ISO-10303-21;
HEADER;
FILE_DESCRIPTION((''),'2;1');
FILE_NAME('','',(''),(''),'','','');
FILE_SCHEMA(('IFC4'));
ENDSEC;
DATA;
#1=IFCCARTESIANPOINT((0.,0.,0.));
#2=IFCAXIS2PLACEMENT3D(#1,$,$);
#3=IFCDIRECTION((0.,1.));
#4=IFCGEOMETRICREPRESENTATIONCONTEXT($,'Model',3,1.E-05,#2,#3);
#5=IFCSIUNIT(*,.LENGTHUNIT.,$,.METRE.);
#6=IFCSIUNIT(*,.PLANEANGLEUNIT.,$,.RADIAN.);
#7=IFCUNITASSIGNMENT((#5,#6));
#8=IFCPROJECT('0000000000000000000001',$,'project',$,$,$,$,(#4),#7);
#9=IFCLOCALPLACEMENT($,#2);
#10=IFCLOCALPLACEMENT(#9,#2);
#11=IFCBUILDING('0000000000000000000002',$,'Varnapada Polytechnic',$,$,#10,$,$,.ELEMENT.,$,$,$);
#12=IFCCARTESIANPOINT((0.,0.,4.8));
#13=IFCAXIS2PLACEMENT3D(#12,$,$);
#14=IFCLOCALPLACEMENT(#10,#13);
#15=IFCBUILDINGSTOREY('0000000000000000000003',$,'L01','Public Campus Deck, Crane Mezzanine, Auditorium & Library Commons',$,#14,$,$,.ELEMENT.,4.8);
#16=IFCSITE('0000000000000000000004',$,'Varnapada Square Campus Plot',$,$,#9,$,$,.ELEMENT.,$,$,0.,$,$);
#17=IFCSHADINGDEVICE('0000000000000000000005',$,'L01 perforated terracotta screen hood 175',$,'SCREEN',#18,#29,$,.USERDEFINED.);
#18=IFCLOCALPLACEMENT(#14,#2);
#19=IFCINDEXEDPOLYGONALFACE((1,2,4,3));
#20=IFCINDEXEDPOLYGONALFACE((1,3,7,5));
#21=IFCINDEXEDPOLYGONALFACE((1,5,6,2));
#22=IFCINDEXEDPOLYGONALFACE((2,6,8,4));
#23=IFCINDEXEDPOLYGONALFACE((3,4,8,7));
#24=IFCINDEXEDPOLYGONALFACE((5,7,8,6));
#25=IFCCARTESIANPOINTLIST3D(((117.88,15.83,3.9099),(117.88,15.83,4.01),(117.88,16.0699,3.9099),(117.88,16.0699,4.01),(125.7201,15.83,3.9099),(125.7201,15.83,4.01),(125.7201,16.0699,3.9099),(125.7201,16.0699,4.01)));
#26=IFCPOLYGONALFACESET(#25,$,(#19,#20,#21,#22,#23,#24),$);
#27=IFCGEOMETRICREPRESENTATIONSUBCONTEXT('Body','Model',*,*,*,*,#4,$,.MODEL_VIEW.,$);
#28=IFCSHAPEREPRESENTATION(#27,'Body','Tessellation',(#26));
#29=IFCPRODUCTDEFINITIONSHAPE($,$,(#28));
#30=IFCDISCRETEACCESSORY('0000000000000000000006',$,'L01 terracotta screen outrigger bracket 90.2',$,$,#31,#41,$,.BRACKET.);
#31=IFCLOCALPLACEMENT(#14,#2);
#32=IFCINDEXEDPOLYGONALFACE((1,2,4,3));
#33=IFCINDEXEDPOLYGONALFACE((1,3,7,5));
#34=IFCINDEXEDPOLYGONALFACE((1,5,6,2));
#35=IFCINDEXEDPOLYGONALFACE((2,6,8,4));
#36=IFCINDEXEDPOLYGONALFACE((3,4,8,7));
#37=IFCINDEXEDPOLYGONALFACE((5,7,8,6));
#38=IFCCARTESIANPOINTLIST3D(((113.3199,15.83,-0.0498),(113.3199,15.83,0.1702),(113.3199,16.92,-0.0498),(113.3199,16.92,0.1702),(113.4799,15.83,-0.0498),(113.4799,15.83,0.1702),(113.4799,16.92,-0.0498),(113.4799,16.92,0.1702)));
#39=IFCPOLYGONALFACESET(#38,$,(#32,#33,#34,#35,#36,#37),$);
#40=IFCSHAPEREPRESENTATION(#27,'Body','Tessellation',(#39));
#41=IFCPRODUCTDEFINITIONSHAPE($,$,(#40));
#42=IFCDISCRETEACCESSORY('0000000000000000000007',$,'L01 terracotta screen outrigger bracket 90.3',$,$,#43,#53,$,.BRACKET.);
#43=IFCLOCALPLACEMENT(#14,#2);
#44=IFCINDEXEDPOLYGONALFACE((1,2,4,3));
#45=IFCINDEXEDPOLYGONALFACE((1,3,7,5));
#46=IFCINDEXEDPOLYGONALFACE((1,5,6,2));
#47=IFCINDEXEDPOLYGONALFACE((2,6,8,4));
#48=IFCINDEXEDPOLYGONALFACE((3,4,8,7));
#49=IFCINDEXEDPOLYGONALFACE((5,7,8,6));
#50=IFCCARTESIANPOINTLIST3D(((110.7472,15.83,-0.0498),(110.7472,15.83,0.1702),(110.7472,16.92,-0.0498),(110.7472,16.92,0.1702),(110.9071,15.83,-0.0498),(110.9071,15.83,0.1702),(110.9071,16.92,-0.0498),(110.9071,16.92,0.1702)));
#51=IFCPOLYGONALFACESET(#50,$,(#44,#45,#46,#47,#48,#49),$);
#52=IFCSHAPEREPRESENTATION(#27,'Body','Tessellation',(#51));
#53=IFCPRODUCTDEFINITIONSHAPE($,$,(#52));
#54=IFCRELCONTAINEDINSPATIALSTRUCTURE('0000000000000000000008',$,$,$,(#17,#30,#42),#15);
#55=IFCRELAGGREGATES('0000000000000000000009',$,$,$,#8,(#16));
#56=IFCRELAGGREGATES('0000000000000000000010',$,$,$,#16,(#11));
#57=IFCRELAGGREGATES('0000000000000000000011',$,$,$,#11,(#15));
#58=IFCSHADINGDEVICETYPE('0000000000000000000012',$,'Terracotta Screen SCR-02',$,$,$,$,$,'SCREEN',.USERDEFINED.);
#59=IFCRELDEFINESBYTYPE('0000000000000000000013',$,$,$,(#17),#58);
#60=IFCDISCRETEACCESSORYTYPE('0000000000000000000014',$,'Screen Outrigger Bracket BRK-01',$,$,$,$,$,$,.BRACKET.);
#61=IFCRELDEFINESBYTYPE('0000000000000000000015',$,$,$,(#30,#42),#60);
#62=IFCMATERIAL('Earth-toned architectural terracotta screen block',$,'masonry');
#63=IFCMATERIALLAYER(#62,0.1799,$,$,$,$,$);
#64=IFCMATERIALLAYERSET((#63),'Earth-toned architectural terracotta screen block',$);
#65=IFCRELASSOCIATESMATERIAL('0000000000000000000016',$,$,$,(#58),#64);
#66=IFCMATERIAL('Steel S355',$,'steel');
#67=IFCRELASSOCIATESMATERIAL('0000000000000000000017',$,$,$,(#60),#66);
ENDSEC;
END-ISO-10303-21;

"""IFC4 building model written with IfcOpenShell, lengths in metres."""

from ifc_helpers import new_model, si_unit, direction, frame, origin, origin_2d, place, context, subcontext, project, spatial, rectangle, extrude, material, layer, layer_set, type_object, element, save


model = new_model("IFC4")

# Units and contexts
model_context = context("Model", 3, precision=1e-05, world=origin(), true_north=direction((0.0, 1.0)))
body_context = subcontext(model_context, "Body", "Model", "MODEL_VIEW")
ifc_project = project(units=[si_unit("LENGTHUNIT", "METRE"), si_unit("PLANEANGLEUNIT", "RADIAN")], contexts=[model_context])

# Site, building, storey
site_placement = place(None, origin())
site = spatial("IfcSite", under=ifc_project, at=site_placement, Name="Varnapada Square Campus Plot", CompositionType="ELEMENT", RefElevation=0.0)
building_placement = place(site_placement, origin())
building = spatial("IfcBuilding", under=site, at=building_placement, Name="Varnapada Polytechnic", CompositionType="ELEMENT")
storey_placement = place(building_placement, frame((0.0, 0.0, 4.8)))
storey = spatial("IfcBuildingStorey", under=building, at=storey_placement, Name="L01", Description="Public Campus Deck, Crane Mezzanine, Auditorium & Library Commons", CompositionType="ELEMENT", Elevation=4.8)

# Shading device
ifc_material_1 = material(Name="Earth-toned architectural terracotta screen block", Category="masonry")
ifc_layer = layer(ifc_material_1, 0.1799)
ifc_layer_set = layer_set([ifc_layer], Name="Earth-toned architectural terracotta screen block")
shading_device_type = type_object("IfcShadingDeviceType", Name="Terracotta Screen SCR-02", ElementType="SCREEN", PredefinedType="USERDEFINED", material=ifc_layer_set)
shading_device_placement = place(storey_placement, frame((121.8, 15.95, 3.9099), z_axis=(0.0, 0.0, 1.0), x_axis=(-1.0, 0.0, 0.0)))
element("IfcShadingDevice", 1, at=shading_device_placement, inside=storey, type_object=shading_device_type, Name="L01 perforated terracotta screen hood 175", ObjectType="SCREEN", PredefinedType="USERDEFINED", context=body_context, shape_type="SweptSolid", body=[
    extrude(rectangle(XDim=7.8401, YDim=0.24, at=origin_2d()), origin(), (0.0, 0.0, 1.0), 0.1001),
])

# Discrete accessories
ifc_material_2 = material(Name="Steel S355", Category="steel")
discrete_accessory_type = type_object("IfcDiscreteAccessoryType", Name="Screen Outrigger Bracket BRK-01", PredefinedType="BRACKET", material=ifc_material_2)
for number, where, z_axis, x_axis, name in (
    (2, (113.3999, 16.375, -0.0498), (0.0, 0.0, 1.0), (-1.0, 0.0, 0.0), "L01 terracotta screen outrigger bracket 90.2"),
    (3, (110.8271, 16.375, -0.0498), (0.0, 0.0, 1.0), (-1.0, 0.0, 0.0), "L01 terracotta screen outrigger bracket 90.3"),
):
    element("IfcDiscreteAccessory", number, at=place(storey_placement, frame(where, z_axis=z_axis, x_axis=x_axis)), inside=storey, type_object=discrete_accessory_type, Name=name, PredefinedType="BRACKET", context=body_context, shape_type="SweptSolid", body=[
        extrude(rectangle(XDim=0.1599, YDim=1.0901, at=origin_2d()), origin(), (0.0, 0.0, 1.0), 0.22),
    ])

save(model, "model.ifc")
